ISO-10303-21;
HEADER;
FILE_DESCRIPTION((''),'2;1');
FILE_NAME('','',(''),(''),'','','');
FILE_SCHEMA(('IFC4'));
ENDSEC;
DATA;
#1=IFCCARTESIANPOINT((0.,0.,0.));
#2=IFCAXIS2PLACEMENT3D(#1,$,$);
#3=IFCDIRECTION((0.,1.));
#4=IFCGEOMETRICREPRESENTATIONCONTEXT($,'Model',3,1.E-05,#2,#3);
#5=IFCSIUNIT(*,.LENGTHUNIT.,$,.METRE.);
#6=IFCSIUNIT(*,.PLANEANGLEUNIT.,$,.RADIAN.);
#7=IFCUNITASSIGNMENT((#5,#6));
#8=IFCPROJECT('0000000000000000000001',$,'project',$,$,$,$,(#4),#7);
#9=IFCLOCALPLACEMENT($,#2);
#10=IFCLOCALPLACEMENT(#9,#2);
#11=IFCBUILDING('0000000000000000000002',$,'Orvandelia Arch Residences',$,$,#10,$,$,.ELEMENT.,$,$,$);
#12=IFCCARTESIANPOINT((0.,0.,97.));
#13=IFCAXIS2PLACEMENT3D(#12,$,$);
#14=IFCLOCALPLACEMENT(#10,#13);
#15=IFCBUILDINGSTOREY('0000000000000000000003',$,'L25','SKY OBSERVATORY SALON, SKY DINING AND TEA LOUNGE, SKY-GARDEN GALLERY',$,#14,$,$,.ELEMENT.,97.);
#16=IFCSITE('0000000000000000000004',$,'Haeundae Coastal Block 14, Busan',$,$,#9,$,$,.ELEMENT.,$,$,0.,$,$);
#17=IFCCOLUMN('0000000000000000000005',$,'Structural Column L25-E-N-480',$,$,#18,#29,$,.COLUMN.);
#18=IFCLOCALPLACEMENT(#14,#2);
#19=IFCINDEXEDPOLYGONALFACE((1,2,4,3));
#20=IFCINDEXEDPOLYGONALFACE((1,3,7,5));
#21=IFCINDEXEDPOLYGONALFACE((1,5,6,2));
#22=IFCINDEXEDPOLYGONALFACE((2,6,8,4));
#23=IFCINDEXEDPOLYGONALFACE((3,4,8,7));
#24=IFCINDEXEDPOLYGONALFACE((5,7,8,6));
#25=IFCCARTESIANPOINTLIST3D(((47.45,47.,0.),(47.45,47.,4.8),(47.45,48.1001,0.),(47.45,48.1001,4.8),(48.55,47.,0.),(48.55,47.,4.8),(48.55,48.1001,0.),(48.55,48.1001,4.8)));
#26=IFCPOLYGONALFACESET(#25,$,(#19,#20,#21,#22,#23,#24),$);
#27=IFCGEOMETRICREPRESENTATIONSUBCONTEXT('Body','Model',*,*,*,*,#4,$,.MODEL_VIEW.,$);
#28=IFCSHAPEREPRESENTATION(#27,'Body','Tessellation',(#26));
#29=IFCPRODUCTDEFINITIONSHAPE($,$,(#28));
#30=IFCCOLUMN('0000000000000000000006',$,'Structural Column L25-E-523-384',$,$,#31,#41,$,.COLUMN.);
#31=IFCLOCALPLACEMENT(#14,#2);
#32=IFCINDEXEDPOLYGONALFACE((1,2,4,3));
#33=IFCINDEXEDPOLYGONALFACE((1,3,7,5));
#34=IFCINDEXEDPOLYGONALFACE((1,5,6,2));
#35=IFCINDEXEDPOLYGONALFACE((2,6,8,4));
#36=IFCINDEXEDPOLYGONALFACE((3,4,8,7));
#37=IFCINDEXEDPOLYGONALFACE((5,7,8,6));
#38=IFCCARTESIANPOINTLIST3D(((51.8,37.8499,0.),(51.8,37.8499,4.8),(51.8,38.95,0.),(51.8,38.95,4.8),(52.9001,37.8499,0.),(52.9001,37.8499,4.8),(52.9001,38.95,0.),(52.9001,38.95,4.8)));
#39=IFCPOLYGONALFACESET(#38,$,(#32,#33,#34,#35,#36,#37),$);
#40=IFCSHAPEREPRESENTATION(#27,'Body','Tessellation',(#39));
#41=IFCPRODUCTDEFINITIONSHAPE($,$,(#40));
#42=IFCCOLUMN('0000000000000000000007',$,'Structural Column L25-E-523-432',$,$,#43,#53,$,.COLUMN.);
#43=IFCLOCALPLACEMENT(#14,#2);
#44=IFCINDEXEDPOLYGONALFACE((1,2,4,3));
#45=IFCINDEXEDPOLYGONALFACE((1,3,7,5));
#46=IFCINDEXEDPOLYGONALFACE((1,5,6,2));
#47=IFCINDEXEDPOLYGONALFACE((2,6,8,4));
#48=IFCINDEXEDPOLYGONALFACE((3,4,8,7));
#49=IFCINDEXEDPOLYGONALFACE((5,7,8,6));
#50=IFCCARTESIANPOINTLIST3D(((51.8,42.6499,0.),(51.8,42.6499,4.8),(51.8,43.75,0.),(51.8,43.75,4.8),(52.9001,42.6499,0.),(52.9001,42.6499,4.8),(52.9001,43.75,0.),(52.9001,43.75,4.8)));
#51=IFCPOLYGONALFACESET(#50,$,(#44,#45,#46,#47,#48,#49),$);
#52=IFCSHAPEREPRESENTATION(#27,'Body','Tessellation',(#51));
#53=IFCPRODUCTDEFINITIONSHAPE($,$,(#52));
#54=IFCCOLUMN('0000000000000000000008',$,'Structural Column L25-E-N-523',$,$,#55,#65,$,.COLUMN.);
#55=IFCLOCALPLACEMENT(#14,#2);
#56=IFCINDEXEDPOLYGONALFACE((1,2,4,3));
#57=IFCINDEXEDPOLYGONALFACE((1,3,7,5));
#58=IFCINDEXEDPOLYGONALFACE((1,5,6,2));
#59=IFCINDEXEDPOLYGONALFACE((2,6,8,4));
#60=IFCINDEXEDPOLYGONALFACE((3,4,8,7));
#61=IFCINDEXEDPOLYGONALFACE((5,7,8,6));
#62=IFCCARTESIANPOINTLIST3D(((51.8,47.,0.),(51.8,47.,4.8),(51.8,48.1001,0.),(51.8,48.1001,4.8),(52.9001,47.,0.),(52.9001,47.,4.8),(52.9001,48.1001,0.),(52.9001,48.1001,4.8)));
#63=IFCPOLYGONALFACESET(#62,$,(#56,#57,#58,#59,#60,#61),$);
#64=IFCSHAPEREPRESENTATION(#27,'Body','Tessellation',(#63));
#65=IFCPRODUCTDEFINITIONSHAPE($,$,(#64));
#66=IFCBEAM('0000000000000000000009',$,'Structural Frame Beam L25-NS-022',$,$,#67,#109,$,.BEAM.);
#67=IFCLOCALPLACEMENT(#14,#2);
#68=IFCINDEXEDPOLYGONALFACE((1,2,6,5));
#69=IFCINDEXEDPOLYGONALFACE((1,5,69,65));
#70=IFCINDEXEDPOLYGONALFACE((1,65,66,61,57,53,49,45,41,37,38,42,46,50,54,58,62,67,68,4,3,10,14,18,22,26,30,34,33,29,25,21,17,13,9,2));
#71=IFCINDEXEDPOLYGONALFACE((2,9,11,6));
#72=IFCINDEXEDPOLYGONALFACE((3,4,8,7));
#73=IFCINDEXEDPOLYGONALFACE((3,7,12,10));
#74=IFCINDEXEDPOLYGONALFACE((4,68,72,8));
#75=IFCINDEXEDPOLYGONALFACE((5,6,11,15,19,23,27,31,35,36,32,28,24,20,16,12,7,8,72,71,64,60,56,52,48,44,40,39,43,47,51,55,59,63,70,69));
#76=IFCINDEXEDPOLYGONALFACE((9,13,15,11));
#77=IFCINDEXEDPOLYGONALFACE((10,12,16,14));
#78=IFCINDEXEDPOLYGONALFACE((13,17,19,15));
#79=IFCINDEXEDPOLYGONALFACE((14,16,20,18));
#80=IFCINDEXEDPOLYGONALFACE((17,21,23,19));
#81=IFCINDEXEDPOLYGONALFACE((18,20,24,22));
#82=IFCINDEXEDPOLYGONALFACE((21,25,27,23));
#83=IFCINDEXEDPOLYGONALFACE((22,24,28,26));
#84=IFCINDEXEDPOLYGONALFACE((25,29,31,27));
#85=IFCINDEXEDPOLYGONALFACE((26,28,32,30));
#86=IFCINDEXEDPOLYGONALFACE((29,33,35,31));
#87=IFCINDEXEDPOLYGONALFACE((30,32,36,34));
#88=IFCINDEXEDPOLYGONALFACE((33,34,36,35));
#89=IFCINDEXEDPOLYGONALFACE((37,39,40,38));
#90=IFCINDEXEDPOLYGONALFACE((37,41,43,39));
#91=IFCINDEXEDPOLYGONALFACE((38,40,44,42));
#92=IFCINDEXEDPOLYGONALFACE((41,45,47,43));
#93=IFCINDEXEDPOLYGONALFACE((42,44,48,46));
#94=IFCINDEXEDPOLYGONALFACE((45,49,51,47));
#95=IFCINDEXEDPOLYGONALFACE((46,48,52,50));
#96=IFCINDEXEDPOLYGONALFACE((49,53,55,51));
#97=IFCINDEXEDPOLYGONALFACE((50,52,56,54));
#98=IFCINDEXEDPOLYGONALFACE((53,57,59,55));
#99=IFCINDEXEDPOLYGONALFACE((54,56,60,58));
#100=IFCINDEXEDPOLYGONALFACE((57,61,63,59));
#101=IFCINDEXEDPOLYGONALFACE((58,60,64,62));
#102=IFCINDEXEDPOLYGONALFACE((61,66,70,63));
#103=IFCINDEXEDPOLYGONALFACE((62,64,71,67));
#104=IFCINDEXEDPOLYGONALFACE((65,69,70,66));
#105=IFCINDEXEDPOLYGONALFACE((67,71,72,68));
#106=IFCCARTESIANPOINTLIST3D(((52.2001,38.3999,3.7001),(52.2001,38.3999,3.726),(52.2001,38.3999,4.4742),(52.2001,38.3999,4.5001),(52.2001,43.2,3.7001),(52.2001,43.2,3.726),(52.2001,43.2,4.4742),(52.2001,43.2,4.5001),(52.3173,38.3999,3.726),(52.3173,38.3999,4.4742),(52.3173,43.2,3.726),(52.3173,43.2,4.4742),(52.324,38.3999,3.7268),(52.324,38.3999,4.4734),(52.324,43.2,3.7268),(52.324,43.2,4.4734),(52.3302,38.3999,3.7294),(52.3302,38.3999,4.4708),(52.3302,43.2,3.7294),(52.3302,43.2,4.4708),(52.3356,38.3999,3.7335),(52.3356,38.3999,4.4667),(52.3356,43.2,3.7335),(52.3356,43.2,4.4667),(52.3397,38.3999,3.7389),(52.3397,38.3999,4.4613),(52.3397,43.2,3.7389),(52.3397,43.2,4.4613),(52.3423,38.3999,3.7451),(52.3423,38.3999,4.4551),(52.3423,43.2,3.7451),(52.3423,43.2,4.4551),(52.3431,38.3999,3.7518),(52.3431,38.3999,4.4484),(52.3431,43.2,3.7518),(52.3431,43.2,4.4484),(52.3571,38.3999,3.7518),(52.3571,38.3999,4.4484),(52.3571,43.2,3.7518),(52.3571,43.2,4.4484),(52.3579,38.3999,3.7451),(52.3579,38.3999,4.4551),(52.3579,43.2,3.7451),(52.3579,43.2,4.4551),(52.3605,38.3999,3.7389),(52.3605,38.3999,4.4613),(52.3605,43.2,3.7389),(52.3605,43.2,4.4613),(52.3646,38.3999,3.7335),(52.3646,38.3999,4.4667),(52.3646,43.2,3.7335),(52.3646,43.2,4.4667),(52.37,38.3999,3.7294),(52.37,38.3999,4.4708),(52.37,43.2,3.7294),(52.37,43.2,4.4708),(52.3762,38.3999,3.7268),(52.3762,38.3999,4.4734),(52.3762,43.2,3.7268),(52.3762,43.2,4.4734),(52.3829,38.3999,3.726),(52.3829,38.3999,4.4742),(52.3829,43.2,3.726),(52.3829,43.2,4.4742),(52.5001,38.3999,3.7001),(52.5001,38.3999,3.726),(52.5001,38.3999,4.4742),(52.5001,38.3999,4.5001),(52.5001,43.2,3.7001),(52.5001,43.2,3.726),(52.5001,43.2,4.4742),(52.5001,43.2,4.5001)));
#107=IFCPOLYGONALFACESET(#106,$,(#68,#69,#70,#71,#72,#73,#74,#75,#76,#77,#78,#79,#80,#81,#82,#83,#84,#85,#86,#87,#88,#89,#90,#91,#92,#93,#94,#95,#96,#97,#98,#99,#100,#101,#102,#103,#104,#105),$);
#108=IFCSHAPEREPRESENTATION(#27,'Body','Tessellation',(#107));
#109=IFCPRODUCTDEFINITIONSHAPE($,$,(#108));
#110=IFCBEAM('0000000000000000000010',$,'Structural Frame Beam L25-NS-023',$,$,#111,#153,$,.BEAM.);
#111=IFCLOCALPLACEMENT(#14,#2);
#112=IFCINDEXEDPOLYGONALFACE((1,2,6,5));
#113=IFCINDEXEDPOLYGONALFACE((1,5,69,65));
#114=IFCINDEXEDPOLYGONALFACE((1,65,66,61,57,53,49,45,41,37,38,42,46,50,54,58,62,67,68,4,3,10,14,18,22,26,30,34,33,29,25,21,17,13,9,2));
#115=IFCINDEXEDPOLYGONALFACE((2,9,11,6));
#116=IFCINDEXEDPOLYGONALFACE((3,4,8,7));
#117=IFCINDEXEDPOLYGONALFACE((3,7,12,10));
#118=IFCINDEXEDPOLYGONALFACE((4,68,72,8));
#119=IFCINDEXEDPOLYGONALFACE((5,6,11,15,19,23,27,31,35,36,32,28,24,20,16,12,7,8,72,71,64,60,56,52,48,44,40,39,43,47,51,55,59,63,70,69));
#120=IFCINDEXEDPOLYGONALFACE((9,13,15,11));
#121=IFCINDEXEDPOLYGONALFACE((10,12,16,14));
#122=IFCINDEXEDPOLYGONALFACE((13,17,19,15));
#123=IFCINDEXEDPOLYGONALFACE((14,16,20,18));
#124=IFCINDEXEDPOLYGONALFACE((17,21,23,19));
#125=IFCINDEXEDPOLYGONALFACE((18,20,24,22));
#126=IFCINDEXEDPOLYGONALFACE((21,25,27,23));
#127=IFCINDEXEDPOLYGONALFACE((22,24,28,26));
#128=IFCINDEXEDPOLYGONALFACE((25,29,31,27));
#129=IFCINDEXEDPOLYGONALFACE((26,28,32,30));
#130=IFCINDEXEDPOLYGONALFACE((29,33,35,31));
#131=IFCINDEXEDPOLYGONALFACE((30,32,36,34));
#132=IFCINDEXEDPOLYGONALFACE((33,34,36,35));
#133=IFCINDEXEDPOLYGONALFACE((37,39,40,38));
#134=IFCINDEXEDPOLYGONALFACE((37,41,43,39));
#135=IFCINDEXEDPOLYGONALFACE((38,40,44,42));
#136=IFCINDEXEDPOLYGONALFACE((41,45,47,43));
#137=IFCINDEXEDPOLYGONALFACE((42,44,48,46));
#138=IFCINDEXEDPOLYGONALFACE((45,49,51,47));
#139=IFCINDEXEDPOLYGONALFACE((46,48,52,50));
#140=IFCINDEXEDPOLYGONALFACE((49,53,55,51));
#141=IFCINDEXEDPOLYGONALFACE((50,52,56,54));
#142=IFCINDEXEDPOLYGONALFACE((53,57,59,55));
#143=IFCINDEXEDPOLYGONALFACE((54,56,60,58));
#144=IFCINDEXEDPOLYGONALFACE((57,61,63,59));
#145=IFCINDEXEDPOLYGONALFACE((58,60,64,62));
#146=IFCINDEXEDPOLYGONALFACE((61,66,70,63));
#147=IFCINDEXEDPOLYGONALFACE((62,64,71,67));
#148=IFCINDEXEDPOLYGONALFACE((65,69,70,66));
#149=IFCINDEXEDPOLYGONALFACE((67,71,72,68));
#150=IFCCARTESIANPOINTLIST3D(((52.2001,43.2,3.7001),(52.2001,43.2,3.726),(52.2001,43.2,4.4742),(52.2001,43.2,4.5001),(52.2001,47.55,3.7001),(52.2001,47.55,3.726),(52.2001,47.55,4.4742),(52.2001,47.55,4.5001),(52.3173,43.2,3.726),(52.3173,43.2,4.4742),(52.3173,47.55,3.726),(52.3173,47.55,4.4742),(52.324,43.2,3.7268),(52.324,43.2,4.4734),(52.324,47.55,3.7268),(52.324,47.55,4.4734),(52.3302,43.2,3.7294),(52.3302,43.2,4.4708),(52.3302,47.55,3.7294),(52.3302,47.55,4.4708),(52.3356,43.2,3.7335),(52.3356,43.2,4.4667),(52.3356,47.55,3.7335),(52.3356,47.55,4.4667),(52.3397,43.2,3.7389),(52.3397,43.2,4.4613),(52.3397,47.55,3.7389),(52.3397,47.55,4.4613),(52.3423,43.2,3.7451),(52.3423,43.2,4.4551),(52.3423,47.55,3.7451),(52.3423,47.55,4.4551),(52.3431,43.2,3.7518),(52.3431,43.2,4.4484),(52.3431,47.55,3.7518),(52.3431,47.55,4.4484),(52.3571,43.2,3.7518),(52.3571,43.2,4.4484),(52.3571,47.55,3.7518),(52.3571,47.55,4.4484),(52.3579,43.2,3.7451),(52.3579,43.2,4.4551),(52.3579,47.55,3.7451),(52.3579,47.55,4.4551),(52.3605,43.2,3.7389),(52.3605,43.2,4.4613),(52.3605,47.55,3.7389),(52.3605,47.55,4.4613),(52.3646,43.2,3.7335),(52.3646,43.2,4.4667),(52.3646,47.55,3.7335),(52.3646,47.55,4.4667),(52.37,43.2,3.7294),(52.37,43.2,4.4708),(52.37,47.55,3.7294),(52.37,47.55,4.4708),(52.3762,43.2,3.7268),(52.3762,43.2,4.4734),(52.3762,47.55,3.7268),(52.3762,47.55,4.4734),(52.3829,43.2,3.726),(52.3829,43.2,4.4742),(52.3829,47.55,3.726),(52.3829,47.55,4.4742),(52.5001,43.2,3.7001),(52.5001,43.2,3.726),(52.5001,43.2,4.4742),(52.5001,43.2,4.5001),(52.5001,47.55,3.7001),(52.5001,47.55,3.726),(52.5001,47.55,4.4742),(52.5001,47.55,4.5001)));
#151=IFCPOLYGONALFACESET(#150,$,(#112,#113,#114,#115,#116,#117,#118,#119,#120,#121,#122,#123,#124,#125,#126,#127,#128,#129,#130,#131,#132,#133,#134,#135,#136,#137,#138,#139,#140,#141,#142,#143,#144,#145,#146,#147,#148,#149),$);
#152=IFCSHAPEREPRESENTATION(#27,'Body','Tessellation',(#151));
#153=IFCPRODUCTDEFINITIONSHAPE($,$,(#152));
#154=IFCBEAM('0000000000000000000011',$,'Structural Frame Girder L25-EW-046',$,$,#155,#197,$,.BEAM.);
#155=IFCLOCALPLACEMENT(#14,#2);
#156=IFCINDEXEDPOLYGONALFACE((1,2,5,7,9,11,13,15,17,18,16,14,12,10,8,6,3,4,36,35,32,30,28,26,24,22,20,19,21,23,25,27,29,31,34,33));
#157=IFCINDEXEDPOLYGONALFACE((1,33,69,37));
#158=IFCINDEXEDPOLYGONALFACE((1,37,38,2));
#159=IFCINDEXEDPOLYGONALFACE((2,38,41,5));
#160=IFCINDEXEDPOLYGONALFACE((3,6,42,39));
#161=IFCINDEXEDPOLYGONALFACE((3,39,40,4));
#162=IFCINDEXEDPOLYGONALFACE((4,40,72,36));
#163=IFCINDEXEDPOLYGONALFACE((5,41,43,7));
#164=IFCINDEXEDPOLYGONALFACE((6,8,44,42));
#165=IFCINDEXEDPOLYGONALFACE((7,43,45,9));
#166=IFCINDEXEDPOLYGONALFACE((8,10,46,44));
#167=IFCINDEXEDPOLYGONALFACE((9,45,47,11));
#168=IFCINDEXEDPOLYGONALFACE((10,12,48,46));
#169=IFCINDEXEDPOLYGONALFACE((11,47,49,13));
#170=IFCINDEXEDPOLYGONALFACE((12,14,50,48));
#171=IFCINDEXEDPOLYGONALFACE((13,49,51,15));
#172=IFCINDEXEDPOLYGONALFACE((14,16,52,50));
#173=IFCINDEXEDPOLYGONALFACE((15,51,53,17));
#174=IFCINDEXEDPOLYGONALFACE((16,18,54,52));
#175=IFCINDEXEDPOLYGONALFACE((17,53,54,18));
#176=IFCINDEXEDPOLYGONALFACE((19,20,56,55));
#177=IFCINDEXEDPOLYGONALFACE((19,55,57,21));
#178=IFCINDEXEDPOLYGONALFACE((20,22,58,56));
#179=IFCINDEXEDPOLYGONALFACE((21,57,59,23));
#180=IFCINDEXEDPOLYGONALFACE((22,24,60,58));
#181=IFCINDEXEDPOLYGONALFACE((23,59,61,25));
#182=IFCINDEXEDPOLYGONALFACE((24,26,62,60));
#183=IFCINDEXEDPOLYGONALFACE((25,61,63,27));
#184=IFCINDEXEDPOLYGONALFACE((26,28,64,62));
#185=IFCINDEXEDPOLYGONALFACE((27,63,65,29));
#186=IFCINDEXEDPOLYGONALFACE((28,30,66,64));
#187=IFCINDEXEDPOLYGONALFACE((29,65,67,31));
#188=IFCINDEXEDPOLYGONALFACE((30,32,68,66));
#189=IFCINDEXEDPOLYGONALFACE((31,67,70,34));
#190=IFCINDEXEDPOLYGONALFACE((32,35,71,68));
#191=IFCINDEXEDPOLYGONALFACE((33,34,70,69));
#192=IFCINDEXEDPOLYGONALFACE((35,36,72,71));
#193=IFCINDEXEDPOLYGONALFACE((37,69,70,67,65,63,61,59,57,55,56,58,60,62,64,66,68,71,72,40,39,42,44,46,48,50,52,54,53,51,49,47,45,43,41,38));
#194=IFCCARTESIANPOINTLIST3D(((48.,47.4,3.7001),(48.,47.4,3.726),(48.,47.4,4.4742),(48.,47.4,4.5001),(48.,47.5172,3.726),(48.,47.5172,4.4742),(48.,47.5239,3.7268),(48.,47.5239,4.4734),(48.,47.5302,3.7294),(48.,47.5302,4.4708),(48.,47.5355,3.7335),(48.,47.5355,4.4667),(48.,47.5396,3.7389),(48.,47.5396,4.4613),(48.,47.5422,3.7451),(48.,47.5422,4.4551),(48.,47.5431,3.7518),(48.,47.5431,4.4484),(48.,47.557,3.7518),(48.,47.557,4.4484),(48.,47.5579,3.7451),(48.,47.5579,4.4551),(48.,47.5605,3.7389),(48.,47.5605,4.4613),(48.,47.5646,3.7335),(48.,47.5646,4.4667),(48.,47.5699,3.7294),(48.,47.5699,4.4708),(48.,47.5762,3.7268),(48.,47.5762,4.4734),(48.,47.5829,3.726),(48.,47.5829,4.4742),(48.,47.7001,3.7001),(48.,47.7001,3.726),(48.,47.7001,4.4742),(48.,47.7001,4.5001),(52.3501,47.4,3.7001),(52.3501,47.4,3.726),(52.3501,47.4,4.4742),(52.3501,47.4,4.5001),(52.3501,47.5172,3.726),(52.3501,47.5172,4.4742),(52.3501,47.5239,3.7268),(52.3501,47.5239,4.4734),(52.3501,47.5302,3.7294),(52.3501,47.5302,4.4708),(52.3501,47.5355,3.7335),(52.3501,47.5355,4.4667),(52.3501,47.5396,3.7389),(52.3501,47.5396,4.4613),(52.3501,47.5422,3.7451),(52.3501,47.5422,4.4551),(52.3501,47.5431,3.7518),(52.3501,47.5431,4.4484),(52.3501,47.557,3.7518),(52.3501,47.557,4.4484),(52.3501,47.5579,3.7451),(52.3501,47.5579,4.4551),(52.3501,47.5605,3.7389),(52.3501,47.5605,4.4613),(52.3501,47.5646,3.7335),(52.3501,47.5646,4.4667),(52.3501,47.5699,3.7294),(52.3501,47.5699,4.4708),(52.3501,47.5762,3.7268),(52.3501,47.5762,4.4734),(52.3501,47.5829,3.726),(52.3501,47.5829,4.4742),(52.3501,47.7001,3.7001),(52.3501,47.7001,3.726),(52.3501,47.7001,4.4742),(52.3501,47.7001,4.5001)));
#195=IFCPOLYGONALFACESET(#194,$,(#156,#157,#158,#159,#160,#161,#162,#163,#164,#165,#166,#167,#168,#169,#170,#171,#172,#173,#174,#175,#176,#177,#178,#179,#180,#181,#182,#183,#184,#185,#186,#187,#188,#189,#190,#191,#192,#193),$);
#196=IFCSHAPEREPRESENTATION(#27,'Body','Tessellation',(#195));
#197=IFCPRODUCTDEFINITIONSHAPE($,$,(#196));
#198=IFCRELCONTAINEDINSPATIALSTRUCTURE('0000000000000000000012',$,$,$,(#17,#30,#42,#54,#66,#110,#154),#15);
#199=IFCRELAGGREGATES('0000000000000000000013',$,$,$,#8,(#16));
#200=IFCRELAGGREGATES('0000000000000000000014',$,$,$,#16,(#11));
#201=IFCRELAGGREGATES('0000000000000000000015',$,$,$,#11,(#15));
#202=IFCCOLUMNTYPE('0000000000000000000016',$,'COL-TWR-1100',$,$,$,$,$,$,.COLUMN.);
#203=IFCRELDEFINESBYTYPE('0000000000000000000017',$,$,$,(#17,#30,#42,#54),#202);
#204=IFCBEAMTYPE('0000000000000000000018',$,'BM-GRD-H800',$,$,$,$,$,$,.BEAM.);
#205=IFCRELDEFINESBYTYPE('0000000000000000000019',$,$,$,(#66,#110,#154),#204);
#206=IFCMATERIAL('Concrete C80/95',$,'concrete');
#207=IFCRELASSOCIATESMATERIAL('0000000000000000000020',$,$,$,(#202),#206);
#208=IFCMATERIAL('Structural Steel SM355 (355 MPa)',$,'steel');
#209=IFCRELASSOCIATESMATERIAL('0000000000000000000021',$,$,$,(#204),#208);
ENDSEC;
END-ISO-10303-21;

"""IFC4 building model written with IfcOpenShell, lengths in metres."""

from ifc_helpers import new_model, si_unit, direction, frame, origin, origin_2d, place, context, subcontext, project, spatial, rectangle, i_section, extrude, material, material_profile, profile_set, type_object, element, save


model = new_model("IFC4")

# Units and contexts
model_context = context("Model", 3, precision=1e-05, world=origin(), true_north=direction((0.0, 1.0)))
body_context = subcontext(model_context, "Body", "Model", "MODEL_VIEW")
ifc_project = project(units=[si_unit("LENGTHUNIT", "METRE"), si_unit("PLANEANGLEUNIT", "RADIAN")], contexts=[model_context])

# Site, building, storey
site_placement = place(None, origin())
site = spatial("IfcSite", under=ifc_project, at=site_placement, Name="Haeundae Coastal Block 14, Busan", CompositionType="ELEMENT", RefElevation=0.0)
building_placement = place(site_placement, origin())
building = spatial("IfcBuilding", under=site, at=building_placement, Name="Orvandelia Arch Residences", CompositionType="ELEMENT")
storey_placement = place(building_placement, frame((0.0, 0.0, 97.0)))
storey = spatial("IfcBuildingStorey", under=building, at=storey_placement, Name="L25", Description="SKY OBSERVATORY SALON, SKY DINING AND TEA LOUNGE, SKY-GARDEN GALLERY", CompositionType="ELEMENT", Elevation=97.0)

# Columns
ifc_material_1 = material(Name="Concrete C80/95", Category="concrete")
ifc_material_profile_1 = material_profile(ifc_material_1, rectangle(XDim=1.1001, YDim=1.1001, at=origin_2d()), Name="Concrete C80/95", Category="concrete")
ifc_profile_set_1 = profile_set([ifc_material_profile_1], Name="Concrete C80/95")
column_type = type_object("IfcColumnType", Name="COL-TWR-1100", PredefinedType="COLUMN", material=ifc_profile_set_1)
for number, where, z_axis, x_axis, name in (
    (1, (48.0, 47.55, 0.0), (0.0, 0.0, 1.0), (1.0, 0.0, 0.0), "Structural Column L25-E-N-480"),
    (2, (52.3501, 38.3999, 0.0), (0.0, 0.0, 1.0), (1.0, 0.0, 0.0), "Structural Column L25-E-523-384"),
    (3, (52.3501, 43.2, 0.0), (0.0, 0.0, 1.0), (1.0, 0.0, 0.0), "Structural Column L25-E-523-432"),
    (4, (52.3501, 47.55, 0.0), (0.0, 0.0, 1.0), (1.0, 0.0, 0.0), "Structural Column L25-E-N-523"),
):
    element("IfcColumn", number, at=place(storey_placement, frame(where, z_axis=z_axis, x_axis=x_axis)), inside=storey, type_object=column_type, Name=name, PredefinedType="COLUMN", context=body_context, shape_type="SweptSolid", body=[
        extrude(rectangle(XDim=1.1001, YDim=1.1001, at=origin_2d()), origin(), (0.0, 0.0, 1.0), 4.8),
    ])

# Beams
ifc_material_2 = material(Name="Structural Steel SM355 (355 MPa)", Category="steel")
ifc_material_profile_2 = material_profile(ifc_material_2, i_section(OverallWidth=0.3, OverallDepth=0.8, WebThickness=0.0139, FlangeThickness=0.0259, FilletRadius=0.0259, at=origin_2d()), Name="Structural Steel SM355 (355 MPa)", Category="steel")
ifc_profile_set_2 = profile_set([ifc_material_profile_2], Name="Structural Steel SM355 (355 MPa)")
beam_type = type_object("IfcBeamType", Name="BM-GRD-H800", PredefinedType="BEAM", material=ifc_profile_set_2)
beam_placement = place(storey_placement, frame((52.3501, 38.3999, 4.1001), z_axis=(0.0, 1.0, 0.0), x_axis=(-1.0, 0.0, 0.0)))
element("IfcBeam", 5, at=beam_placement, inside=storey, type_object=beam_type, Name="Structural Frame Beam L25-NS-022", PredefinedType="BEAM", context=body_context, shape_type="SweptSolid", body=[
    extrude(i_section(OverallWidth=0.3, OverallDepth=0.8, WebThickness=0.0139, FlangeThickness=0.0259, FilletRadius=0.0259, at=origin_2d()), origin(), (0.0, 0.0, 1.0), 4.8),
])
for number, where, z_axis, x_axis, name in (
    (6, (52.3501, 43.2, 4.1001), (0.0, 1.0, 0.0), (-1.0, 0.0, 0.0), "Structural Frame Beam L25-NS-023"),
    (7, (48.0, 47.55, 4.1001), (1.0, 0.0, 0.0), (0.0, 1.0, 0.0), "Structural Frame Girder L25-EW-046"),
):
    element("IfcBeam", number, at=place(storey_placement, frame(where, z_axis=z_axis, x_axis=x_axis)), inside=storey, type_object=beam_type, Name=name, PredefinedType="BEAM", context=body_context, shape_type="SweptSolid", body=[
        extrude(i_section(OverallWidth=0.3, OverallDepth=0.8, WebThickness=0.0139, FlangeThickness=0.0259, FilletRadius=0.0259, at=origin_2d()), origin(), (0.0, 0.0, 1.0), 4.3501),
    ])

save(model, "model.ifc")
